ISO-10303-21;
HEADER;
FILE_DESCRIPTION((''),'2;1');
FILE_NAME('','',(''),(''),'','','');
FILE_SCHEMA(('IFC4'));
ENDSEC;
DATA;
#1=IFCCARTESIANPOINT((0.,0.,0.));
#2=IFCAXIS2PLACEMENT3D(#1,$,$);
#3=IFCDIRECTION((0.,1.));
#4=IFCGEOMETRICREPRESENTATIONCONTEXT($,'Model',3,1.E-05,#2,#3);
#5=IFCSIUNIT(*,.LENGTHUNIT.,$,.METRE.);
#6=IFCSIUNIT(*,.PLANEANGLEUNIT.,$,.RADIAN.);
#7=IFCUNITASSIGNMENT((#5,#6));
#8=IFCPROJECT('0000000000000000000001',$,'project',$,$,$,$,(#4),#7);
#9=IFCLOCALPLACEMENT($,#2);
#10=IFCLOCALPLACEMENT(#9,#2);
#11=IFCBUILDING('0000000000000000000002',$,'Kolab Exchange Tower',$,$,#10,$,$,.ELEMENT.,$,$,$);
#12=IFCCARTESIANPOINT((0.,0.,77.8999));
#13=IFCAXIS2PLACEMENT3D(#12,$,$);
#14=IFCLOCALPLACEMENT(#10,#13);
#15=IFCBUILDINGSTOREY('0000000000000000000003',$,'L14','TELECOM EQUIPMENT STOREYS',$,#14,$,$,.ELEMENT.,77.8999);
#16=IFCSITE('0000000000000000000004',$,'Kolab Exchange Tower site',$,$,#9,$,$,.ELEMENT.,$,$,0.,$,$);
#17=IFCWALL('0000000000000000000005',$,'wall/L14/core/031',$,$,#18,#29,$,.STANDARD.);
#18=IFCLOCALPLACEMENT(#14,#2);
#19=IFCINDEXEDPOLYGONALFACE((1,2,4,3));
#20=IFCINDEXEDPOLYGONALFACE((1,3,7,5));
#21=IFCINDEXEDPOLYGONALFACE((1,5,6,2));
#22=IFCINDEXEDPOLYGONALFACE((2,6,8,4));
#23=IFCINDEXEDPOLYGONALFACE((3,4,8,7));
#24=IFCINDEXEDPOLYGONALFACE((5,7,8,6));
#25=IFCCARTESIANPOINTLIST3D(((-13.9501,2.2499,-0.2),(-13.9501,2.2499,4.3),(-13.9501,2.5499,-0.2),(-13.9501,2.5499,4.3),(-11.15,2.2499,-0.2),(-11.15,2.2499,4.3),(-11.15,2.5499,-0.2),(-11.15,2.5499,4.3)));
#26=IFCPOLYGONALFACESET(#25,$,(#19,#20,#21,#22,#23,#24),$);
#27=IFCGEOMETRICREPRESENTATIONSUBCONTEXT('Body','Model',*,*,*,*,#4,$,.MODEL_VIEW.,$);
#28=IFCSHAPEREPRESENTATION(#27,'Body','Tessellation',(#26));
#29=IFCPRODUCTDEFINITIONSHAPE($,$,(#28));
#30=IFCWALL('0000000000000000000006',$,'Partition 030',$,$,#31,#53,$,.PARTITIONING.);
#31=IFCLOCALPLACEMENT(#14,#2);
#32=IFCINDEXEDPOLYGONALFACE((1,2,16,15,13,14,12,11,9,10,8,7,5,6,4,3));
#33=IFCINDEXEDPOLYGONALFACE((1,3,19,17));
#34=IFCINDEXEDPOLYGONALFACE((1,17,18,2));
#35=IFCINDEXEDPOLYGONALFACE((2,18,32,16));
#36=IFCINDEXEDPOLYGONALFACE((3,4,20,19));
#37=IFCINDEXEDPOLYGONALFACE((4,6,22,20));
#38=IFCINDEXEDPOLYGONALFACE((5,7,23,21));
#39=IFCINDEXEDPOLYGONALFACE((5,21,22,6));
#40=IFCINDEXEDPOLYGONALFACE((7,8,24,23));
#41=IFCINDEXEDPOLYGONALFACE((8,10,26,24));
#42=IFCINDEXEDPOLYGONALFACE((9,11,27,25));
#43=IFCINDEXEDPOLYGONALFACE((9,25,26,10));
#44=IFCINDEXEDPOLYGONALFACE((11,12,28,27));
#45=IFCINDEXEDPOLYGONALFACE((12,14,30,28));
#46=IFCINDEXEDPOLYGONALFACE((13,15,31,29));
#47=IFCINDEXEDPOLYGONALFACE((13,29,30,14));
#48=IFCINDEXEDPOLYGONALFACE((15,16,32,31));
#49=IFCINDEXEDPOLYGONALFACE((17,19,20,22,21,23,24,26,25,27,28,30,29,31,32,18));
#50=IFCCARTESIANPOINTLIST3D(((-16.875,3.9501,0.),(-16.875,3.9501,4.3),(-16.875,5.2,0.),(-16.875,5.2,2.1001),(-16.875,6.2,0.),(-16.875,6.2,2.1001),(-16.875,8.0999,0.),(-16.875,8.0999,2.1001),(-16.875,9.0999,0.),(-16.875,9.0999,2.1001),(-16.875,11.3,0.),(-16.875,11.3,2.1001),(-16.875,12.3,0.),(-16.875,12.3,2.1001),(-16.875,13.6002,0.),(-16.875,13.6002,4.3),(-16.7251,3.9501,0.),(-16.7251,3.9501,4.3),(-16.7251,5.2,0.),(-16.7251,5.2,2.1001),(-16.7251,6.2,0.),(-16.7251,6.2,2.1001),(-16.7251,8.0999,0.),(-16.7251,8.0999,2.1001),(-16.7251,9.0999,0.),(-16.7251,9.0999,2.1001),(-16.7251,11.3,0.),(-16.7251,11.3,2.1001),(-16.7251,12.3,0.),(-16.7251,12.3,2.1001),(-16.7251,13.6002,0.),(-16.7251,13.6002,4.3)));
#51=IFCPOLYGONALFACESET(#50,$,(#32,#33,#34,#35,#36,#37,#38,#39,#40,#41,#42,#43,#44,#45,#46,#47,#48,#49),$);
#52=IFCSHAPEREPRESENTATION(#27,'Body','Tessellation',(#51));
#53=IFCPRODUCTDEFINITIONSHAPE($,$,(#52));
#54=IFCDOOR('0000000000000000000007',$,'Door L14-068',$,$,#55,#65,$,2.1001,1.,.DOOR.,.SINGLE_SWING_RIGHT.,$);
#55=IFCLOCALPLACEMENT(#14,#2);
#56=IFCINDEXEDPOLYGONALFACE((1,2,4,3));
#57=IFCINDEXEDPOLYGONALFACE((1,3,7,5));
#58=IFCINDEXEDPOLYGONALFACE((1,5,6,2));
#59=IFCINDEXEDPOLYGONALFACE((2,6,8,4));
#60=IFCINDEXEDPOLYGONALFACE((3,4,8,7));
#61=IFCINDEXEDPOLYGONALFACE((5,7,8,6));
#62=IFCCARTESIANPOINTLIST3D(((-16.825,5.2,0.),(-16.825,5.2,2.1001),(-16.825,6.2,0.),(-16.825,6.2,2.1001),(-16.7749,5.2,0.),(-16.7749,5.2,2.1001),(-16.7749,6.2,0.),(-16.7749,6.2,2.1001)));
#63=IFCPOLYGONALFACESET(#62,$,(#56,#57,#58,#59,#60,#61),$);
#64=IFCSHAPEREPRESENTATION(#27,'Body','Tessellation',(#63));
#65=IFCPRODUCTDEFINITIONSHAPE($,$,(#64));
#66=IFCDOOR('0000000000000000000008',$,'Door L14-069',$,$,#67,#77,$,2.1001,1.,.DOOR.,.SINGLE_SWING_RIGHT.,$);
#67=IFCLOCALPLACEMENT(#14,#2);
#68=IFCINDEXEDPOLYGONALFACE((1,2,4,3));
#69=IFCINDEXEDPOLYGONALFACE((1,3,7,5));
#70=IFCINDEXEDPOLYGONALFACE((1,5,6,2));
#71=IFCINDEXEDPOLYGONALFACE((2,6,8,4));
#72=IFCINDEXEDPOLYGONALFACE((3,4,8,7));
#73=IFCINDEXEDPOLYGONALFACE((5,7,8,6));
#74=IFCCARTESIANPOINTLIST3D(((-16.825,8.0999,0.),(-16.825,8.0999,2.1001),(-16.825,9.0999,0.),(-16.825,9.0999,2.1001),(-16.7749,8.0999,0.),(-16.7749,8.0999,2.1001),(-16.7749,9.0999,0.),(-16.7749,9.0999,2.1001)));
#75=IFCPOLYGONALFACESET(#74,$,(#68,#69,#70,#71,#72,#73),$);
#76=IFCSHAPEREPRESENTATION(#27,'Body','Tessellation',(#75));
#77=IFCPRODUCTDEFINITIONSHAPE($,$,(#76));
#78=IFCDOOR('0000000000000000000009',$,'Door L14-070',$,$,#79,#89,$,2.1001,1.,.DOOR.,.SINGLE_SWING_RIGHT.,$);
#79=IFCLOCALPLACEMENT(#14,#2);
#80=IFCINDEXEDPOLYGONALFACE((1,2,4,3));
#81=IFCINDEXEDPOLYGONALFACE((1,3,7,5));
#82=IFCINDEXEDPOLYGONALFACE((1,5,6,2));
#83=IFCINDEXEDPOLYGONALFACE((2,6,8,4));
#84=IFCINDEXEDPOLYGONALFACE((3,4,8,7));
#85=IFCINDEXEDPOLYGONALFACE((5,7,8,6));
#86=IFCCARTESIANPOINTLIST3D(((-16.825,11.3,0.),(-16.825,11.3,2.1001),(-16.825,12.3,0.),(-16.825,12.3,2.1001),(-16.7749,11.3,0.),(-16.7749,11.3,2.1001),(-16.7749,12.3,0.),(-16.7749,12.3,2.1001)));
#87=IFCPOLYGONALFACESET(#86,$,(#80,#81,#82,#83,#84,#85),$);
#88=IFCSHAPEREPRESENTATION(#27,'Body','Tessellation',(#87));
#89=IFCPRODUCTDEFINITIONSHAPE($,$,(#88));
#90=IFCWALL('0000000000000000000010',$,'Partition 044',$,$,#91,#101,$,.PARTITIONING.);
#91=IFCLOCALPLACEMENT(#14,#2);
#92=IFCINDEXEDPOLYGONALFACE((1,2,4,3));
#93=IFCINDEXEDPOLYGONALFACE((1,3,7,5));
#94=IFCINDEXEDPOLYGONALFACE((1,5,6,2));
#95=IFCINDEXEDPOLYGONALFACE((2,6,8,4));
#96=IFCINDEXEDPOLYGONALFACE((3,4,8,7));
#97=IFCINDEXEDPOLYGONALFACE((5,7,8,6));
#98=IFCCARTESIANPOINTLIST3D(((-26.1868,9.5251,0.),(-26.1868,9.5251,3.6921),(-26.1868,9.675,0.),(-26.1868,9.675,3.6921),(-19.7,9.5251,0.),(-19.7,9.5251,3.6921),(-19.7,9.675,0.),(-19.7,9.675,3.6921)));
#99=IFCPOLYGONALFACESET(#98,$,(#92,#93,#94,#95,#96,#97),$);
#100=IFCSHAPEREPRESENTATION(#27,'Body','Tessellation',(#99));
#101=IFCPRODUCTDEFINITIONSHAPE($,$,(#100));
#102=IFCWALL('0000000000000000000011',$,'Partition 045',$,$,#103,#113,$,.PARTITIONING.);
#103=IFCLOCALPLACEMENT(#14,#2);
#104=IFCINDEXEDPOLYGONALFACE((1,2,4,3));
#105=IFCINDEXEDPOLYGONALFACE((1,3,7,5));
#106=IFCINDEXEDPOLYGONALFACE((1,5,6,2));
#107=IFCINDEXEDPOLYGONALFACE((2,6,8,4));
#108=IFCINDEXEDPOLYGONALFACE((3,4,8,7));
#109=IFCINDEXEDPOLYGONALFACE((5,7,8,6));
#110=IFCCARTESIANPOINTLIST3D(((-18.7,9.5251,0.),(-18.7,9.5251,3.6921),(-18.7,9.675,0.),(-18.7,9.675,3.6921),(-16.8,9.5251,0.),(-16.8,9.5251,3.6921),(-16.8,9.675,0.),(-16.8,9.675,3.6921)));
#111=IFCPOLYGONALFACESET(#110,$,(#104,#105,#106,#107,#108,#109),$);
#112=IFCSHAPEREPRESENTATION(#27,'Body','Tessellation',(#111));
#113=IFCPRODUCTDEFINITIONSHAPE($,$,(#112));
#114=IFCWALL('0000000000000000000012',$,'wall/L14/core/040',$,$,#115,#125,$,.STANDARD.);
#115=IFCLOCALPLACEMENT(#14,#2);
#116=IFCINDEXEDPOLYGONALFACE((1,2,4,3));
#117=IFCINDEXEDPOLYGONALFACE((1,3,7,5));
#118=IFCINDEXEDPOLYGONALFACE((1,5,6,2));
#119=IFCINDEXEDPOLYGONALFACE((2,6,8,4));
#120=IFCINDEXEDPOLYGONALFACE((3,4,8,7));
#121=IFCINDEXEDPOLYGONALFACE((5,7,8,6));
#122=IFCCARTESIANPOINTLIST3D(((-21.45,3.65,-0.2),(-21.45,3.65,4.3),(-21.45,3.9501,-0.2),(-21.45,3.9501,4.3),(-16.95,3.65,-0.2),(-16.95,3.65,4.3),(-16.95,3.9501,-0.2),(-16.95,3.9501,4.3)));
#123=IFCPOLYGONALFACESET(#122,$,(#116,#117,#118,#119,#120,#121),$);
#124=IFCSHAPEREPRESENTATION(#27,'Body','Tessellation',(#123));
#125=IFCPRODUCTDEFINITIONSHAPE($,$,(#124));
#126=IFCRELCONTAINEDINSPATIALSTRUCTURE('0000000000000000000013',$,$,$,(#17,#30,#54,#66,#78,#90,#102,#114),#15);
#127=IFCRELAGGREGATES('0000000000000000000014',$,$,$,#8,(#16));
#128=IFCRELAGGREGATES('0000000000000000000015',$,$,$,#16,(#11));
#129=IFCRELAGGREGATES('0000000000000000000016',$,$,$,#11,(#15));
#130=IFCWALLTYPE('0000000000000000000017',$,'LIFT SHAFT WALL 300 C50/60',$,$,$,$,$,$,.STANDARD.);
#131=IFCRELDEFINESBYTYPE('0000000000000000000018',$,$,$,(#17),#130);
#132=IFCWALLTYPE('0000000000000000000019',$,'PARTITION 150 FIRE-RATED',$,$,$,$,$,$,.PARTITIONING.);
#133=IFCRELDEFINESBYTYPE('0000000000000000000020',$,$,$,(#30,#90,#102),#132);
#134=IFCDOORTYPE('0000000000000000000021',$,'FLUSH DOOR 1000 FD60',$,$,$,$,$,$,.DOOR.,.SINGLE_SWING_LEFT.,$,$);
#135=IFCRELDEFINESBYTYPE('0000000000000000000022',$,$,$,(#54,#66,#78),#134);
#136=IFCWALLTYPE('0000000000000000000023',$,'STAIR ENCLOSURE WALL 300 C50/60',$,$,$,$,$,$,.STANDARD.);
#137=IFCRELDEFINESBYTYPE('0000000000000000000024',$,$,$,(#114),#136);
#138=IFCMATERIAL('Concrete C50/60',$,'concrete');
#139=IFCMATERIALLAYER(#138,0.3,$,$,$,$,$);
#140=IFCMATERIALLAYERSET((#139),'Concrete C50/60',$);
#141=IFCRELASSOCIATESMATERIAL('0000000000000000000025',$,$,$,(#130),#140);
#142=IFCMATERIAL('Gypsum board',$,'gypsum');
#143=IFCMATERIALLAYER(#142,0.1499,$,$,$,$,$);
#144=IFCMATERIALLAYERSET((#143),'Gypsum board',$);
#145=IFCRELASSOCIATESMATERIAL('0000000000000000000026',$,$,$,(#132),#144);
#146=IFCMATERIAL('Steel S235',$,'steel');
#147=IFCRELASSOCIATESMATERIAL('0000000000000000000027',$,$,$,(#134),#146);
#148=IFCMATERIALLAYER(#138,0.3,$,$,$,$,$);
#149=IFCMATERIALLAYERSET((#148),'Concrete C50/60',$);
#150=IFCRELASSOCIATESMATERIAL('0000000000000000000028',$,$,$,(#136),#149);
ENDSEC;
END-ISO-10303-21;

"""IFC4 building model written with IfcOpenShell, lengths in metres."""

from ifc_helpers import new_model, si_unit, direction, frame, frame_2d, origin, place, context, subcontext, project, spatial, rectangle, extrude, material, layer, layer_set, type_object, element, fill, save


model = new_model("IFC4")

# Units and contexts
model_context = context("Model", 3, precision=1e-05, world=origin(), true_north=direction((0.0, 1.0)))
body_context = subcontext(model_context, "Body", "Model", "MODEL_VIEW")
ifc_project = project(units=[si_unit("LENGTHUNIT", "METRE"), si_unit("PLANEANGLEUNIT", "RADIAN")], contexts=[model_context])

# Site, building, storey
site_placement = place(None, origin())
site = spatial("IfcSite", under=ifc_project, at=site_placement, Name="Kolab Exchange Tower site", CompositionType="ELEMENT", RefElevation=0.0)
building_placement = place(site_placement, origin())
building = spatial("IfcBuilding", under=site, at=building_placement, Name="Kolab Exchange Tower", CompositionType="ELEMENT")
storey_placement = place(building_placement, frame((0.0, 0.0, 77.8999)))
storey = spatial("IfcBuildingStorey", under=building, at=storey_placement, Name="L14", Description="TELECOM EQUIPMENT STOREYS", CompositionType="ELEMENT", Elevation=77.8999)

# Wall
ifc_material_1 = material(Name="Concrete C50/60", Category="concrete")
ifc_layer_1 = layer(ifc_material_1, 0.3)
ifc_layer_set_1 = layer_set([ifc_layer_1], Name="Concrete C50/60")
wall_type_1 = type_object("IfcWallType", Name="LIFT SHAFT WALL 300 C50/60", PredefinedType="STANDARD", material=ifc_layer_set_1)
wall_1_placement = place(storey_placement, frame((-13.95, 2.3999, -0.2), z_axis=(0.0, 0.0, 1.0), x_axis=(1.0, 0.0, 0.0)))
element("IfcWall", 1, at=wall_1_placement, inside=storey, type_object=wall_type_1, Name="wall/L14/core/031", PredefinedType="STANDARD", context=body_context, shape_type="SweptSolid", body=[
    extrude(rectangle(XDim=2.8, YDim=0.3, at=frame_2d((1.3999, 0.0))), origin(), (0.0, 0.0, 1.0), 4.5),
])

# Wall, openings, doors
ifc_material_2 = material(Name="Gypsum board", Category="gypsum")
ifc_layer_2 = layer(ifc_material_2, 0.1499)
ifc_layer_set_2 = layer_set([ifc_layer_2], Name="Gypsum board")
wall_type_2 = type_object("IfcWallType", Name="PARTITION 150 FIRE-RATED", PredefinedType="PARTITIONING", material=ifc_layer_set_2)
wall_2_placement = place(storey_placement, frame((-16.8, 3.95, 0.0), z_axis=(0.0, 0.0, 1.0), x_axis=(0.0, 1.0, 0.0)))
wall_2 = element("IfcWall", 2, at=wall_2_placement, inside=storey, type_object=wall_type_2, Name="Partition 030", PredefinedType="PARTITIONING", context=body_context, shape_type="SweptSolid", body=[
    extrude(rectangle(XDim=9.6501, YDim=0.1499, at=frame_2d((4.8252, 0.0))), origin(), (0.0, 0.0, 1.0), 4.3),
])
opening_1_placement = place(wall_2_placement, frame((1.25, 0.0, 0.0)))
opening_1 = element("IfcOpeningElement", 3, at=opening_1_placement, cuts=wall_2, PredefinedType="OPENING", context=body_context, shape_type="SweptSolid", body=[
    extrude(rectangle(XDim=1.0, YDim=2.1001, at=frame_2d((0.5, 1.05))), frame((0.0, 0.085, 0.0), z_axis=(0.0, -1.0, 0.0), x_axis=(1.0, 0.0, 0.0)), (0.0, 0.0, 1.0), 0.1699),
])
opening_2_placement = place(wall_2_placement, frame((4.1499, 0.0, 0.0)))
opening_2 = element("IfcOpeningElement", 4, at=opening_2_placement, cuts=wall_2, PredefinedType="OPENING", context=body_context, shape_type="SweptSolid", body=[
    extrude(rectangle(XDim=1.0, YDim=2.1001, at=frame_2d((0.5, 1.05))), frame((0.0, 0.085, 0.0), z_axis=(0.0, -1.0, 0.0), x_axis=(1.0, 0.0, 0.0)), (0.0, 0.0, 1.0), 0.1699),
])
opening_3_placement = place(wall_2_placement, frame((7.3501, 0.0, 0.0)))
opening_3 = element("IfcOpeningElement", 5, at=opening_3_placement, cuts=wall_2, PredefinedType="OPENING", context=body_context, shape_type="SweptSolid", body=[
    extrude(rectangle(XDim=1.0, YDim=2.1001, at=frame_2d((0.5, 1.05))), frame((0.0, 0.085, 0.0), z_axis=(0.0, -1.0, 0.0), x_axis=(1.0, 0.0, 0.0)), (0.0, 0.0, 1.0), 0.1699),
])
ifc_material_3 = material(Name="Steel S235", Category="steel")
door_type = type_object("IfcDoorType", Name="FLUSH DOOR 1000 FD60", OperationType="SINGLE_SWING_LEFT", PredefinedType="DOOR", material=ifc_material_3)
door_1_placement = place(opening_1_placement, origin())
door_1 = element("IfcDoor", 6, at=door_1_placement, inside=storey, type_object=door_type, Name="Door L14-068", OperationType="SINGLE_SWING_RIGHT", OverallHeight=2.1001, OverallWidth=1.0, PredefinedType="DOOR", context=body_context, shape_type="SweptSolid", body=[
    extrude(rectangle(XDim=1.0, YDim=2.1001, at=frame_2d((0.5, 1.05))), frame((0.0, 0.0249, 0.0), z_axis=(0.0, -1.0, 0.0), x_axis=(1.0, 0.0, 0.0)), (0.0, 0.0, 1.0), 0.05),
])
fill(opening_1, door_1)
door_2_placement = place(opening_2_placement, origin())
door_2 = element("IfcDoor", 7, at=door_2_placement, inside=storey, type_object=door_type, Name="Door L14-069", OperationType="SINGLE_SWING_RIGHT", OverallHeight=2.1001, OverallWidth=1.0, PredefinedType="DOOR", context=body_context, shape_type="SweptSolid", body=[
    extrude(rectangle(XDim=1.0, YDim=2.1001, at=frame_2d((0.5, 1.05))), frame((0.0, 0.0249, 0.0), z_axis=(0.0, -1.0, 0.0), x_axis=(1.0, 0.0, 0.0)), (0.0, 0.0, 1.0), 0.05),
])
fill(opening_2, door_2)
door_3_placement = place(opening_3_placement, origin())
door_3 = element("IfcDoor", 8, at=door_3_placement, inside=storey, type_object=door_type, Name="Door L14-070", OperationType="SINGLE_SWING_RIGHT", OverallHeight=2.1001, OverallWidth=1.0, PredefinedType="DOOR", context=body_context, shape_type="SweptSolid", body=[
    extrude(rectangle(XDim=1.0, YDim=2.1001, at=frame_2d((0.5, 1.05))), frame((0.0, 0.0249, 0.0), z_axis=(0.0, -1.0, 0.0), x_axis=(1.0, 0.0, 0.0)), (0.0, 0.0, 1.0), 0.05),
])
fill(opening_3, door_3)

# Walls
wall_3_placement = place(storey_placement, frame((-26.1868, 9.6001, 0.0), z_axis=(0.0, 0.0, 1.0), x_axis=(1.0, 0.0, 0.0)))
element("IfcWall", 9, at=wall_3_placement, inside=storey, type_object=wall_type_2, Name="Partition 044", PredefinedType="PARTITIONING", context=body_context, shape_type="SweptSolid", body=[
    extrude(rectangle(XDim=6.4868, YDim=0.1499, at=frame_2d((3.2434, 0.0))), origin(), (0.0, 0.0, 1.0), 3.6921),
])
wall_4_placement = place(storey_placement, frame((-18.7, 9.6001, 0.0), z_axis=(0.0, 0.0, 1.0), x_axis=(1.0, 0.0, 0.0)))
element("IfcWall", 10, at=wall_4_placement, inside=storey, type_object=wall_type_2, Name="Partition 045", PredefinedType="PARTITIONING", context=body_context, shape_type="SweptSolid", body=[
    extrude(rectangle(XDim=1.8999, YDim=0.1499, at=frame_2d((0.95, 0.0))), origin(), (0.0, 0.0, 1.0), 3.6921),
])
ifc_layer_3 = layer(ifc_material_1, 0.3)
ifc_layer_set_3 = layer_set([ifc_layer_3], Name="Concrete C50/60")
wall_type_3 = type_object("IfcWallType", Name="STAIR ENCLOSURE WALL 300 C50/60", PredefinedType="STANDARD", material=ifc_layer_set_3)
wall_5_placement = place(storey_placement, frame((-21.45, 3.8, -0.2), z_axis=(0.0, 0.0, 1.0), x_axis=(1.0, 0.0, 0.0)))
element("IfcWall", 11, at=wall_5_placement, inside=storey, type_object=wall_type_3, Name="wall/L14/core/040", PredefinedType="STANDARD", context=body_context, shape_type="SweptSolid", body=[
    extrude(rectangle(XDim=4.5, YDim=0.3, at=frame_2d((2.25, 0.0))), origin(), (0.0, 0.0, 1.0), 4.5),
])

save(model, "model.ifc")
